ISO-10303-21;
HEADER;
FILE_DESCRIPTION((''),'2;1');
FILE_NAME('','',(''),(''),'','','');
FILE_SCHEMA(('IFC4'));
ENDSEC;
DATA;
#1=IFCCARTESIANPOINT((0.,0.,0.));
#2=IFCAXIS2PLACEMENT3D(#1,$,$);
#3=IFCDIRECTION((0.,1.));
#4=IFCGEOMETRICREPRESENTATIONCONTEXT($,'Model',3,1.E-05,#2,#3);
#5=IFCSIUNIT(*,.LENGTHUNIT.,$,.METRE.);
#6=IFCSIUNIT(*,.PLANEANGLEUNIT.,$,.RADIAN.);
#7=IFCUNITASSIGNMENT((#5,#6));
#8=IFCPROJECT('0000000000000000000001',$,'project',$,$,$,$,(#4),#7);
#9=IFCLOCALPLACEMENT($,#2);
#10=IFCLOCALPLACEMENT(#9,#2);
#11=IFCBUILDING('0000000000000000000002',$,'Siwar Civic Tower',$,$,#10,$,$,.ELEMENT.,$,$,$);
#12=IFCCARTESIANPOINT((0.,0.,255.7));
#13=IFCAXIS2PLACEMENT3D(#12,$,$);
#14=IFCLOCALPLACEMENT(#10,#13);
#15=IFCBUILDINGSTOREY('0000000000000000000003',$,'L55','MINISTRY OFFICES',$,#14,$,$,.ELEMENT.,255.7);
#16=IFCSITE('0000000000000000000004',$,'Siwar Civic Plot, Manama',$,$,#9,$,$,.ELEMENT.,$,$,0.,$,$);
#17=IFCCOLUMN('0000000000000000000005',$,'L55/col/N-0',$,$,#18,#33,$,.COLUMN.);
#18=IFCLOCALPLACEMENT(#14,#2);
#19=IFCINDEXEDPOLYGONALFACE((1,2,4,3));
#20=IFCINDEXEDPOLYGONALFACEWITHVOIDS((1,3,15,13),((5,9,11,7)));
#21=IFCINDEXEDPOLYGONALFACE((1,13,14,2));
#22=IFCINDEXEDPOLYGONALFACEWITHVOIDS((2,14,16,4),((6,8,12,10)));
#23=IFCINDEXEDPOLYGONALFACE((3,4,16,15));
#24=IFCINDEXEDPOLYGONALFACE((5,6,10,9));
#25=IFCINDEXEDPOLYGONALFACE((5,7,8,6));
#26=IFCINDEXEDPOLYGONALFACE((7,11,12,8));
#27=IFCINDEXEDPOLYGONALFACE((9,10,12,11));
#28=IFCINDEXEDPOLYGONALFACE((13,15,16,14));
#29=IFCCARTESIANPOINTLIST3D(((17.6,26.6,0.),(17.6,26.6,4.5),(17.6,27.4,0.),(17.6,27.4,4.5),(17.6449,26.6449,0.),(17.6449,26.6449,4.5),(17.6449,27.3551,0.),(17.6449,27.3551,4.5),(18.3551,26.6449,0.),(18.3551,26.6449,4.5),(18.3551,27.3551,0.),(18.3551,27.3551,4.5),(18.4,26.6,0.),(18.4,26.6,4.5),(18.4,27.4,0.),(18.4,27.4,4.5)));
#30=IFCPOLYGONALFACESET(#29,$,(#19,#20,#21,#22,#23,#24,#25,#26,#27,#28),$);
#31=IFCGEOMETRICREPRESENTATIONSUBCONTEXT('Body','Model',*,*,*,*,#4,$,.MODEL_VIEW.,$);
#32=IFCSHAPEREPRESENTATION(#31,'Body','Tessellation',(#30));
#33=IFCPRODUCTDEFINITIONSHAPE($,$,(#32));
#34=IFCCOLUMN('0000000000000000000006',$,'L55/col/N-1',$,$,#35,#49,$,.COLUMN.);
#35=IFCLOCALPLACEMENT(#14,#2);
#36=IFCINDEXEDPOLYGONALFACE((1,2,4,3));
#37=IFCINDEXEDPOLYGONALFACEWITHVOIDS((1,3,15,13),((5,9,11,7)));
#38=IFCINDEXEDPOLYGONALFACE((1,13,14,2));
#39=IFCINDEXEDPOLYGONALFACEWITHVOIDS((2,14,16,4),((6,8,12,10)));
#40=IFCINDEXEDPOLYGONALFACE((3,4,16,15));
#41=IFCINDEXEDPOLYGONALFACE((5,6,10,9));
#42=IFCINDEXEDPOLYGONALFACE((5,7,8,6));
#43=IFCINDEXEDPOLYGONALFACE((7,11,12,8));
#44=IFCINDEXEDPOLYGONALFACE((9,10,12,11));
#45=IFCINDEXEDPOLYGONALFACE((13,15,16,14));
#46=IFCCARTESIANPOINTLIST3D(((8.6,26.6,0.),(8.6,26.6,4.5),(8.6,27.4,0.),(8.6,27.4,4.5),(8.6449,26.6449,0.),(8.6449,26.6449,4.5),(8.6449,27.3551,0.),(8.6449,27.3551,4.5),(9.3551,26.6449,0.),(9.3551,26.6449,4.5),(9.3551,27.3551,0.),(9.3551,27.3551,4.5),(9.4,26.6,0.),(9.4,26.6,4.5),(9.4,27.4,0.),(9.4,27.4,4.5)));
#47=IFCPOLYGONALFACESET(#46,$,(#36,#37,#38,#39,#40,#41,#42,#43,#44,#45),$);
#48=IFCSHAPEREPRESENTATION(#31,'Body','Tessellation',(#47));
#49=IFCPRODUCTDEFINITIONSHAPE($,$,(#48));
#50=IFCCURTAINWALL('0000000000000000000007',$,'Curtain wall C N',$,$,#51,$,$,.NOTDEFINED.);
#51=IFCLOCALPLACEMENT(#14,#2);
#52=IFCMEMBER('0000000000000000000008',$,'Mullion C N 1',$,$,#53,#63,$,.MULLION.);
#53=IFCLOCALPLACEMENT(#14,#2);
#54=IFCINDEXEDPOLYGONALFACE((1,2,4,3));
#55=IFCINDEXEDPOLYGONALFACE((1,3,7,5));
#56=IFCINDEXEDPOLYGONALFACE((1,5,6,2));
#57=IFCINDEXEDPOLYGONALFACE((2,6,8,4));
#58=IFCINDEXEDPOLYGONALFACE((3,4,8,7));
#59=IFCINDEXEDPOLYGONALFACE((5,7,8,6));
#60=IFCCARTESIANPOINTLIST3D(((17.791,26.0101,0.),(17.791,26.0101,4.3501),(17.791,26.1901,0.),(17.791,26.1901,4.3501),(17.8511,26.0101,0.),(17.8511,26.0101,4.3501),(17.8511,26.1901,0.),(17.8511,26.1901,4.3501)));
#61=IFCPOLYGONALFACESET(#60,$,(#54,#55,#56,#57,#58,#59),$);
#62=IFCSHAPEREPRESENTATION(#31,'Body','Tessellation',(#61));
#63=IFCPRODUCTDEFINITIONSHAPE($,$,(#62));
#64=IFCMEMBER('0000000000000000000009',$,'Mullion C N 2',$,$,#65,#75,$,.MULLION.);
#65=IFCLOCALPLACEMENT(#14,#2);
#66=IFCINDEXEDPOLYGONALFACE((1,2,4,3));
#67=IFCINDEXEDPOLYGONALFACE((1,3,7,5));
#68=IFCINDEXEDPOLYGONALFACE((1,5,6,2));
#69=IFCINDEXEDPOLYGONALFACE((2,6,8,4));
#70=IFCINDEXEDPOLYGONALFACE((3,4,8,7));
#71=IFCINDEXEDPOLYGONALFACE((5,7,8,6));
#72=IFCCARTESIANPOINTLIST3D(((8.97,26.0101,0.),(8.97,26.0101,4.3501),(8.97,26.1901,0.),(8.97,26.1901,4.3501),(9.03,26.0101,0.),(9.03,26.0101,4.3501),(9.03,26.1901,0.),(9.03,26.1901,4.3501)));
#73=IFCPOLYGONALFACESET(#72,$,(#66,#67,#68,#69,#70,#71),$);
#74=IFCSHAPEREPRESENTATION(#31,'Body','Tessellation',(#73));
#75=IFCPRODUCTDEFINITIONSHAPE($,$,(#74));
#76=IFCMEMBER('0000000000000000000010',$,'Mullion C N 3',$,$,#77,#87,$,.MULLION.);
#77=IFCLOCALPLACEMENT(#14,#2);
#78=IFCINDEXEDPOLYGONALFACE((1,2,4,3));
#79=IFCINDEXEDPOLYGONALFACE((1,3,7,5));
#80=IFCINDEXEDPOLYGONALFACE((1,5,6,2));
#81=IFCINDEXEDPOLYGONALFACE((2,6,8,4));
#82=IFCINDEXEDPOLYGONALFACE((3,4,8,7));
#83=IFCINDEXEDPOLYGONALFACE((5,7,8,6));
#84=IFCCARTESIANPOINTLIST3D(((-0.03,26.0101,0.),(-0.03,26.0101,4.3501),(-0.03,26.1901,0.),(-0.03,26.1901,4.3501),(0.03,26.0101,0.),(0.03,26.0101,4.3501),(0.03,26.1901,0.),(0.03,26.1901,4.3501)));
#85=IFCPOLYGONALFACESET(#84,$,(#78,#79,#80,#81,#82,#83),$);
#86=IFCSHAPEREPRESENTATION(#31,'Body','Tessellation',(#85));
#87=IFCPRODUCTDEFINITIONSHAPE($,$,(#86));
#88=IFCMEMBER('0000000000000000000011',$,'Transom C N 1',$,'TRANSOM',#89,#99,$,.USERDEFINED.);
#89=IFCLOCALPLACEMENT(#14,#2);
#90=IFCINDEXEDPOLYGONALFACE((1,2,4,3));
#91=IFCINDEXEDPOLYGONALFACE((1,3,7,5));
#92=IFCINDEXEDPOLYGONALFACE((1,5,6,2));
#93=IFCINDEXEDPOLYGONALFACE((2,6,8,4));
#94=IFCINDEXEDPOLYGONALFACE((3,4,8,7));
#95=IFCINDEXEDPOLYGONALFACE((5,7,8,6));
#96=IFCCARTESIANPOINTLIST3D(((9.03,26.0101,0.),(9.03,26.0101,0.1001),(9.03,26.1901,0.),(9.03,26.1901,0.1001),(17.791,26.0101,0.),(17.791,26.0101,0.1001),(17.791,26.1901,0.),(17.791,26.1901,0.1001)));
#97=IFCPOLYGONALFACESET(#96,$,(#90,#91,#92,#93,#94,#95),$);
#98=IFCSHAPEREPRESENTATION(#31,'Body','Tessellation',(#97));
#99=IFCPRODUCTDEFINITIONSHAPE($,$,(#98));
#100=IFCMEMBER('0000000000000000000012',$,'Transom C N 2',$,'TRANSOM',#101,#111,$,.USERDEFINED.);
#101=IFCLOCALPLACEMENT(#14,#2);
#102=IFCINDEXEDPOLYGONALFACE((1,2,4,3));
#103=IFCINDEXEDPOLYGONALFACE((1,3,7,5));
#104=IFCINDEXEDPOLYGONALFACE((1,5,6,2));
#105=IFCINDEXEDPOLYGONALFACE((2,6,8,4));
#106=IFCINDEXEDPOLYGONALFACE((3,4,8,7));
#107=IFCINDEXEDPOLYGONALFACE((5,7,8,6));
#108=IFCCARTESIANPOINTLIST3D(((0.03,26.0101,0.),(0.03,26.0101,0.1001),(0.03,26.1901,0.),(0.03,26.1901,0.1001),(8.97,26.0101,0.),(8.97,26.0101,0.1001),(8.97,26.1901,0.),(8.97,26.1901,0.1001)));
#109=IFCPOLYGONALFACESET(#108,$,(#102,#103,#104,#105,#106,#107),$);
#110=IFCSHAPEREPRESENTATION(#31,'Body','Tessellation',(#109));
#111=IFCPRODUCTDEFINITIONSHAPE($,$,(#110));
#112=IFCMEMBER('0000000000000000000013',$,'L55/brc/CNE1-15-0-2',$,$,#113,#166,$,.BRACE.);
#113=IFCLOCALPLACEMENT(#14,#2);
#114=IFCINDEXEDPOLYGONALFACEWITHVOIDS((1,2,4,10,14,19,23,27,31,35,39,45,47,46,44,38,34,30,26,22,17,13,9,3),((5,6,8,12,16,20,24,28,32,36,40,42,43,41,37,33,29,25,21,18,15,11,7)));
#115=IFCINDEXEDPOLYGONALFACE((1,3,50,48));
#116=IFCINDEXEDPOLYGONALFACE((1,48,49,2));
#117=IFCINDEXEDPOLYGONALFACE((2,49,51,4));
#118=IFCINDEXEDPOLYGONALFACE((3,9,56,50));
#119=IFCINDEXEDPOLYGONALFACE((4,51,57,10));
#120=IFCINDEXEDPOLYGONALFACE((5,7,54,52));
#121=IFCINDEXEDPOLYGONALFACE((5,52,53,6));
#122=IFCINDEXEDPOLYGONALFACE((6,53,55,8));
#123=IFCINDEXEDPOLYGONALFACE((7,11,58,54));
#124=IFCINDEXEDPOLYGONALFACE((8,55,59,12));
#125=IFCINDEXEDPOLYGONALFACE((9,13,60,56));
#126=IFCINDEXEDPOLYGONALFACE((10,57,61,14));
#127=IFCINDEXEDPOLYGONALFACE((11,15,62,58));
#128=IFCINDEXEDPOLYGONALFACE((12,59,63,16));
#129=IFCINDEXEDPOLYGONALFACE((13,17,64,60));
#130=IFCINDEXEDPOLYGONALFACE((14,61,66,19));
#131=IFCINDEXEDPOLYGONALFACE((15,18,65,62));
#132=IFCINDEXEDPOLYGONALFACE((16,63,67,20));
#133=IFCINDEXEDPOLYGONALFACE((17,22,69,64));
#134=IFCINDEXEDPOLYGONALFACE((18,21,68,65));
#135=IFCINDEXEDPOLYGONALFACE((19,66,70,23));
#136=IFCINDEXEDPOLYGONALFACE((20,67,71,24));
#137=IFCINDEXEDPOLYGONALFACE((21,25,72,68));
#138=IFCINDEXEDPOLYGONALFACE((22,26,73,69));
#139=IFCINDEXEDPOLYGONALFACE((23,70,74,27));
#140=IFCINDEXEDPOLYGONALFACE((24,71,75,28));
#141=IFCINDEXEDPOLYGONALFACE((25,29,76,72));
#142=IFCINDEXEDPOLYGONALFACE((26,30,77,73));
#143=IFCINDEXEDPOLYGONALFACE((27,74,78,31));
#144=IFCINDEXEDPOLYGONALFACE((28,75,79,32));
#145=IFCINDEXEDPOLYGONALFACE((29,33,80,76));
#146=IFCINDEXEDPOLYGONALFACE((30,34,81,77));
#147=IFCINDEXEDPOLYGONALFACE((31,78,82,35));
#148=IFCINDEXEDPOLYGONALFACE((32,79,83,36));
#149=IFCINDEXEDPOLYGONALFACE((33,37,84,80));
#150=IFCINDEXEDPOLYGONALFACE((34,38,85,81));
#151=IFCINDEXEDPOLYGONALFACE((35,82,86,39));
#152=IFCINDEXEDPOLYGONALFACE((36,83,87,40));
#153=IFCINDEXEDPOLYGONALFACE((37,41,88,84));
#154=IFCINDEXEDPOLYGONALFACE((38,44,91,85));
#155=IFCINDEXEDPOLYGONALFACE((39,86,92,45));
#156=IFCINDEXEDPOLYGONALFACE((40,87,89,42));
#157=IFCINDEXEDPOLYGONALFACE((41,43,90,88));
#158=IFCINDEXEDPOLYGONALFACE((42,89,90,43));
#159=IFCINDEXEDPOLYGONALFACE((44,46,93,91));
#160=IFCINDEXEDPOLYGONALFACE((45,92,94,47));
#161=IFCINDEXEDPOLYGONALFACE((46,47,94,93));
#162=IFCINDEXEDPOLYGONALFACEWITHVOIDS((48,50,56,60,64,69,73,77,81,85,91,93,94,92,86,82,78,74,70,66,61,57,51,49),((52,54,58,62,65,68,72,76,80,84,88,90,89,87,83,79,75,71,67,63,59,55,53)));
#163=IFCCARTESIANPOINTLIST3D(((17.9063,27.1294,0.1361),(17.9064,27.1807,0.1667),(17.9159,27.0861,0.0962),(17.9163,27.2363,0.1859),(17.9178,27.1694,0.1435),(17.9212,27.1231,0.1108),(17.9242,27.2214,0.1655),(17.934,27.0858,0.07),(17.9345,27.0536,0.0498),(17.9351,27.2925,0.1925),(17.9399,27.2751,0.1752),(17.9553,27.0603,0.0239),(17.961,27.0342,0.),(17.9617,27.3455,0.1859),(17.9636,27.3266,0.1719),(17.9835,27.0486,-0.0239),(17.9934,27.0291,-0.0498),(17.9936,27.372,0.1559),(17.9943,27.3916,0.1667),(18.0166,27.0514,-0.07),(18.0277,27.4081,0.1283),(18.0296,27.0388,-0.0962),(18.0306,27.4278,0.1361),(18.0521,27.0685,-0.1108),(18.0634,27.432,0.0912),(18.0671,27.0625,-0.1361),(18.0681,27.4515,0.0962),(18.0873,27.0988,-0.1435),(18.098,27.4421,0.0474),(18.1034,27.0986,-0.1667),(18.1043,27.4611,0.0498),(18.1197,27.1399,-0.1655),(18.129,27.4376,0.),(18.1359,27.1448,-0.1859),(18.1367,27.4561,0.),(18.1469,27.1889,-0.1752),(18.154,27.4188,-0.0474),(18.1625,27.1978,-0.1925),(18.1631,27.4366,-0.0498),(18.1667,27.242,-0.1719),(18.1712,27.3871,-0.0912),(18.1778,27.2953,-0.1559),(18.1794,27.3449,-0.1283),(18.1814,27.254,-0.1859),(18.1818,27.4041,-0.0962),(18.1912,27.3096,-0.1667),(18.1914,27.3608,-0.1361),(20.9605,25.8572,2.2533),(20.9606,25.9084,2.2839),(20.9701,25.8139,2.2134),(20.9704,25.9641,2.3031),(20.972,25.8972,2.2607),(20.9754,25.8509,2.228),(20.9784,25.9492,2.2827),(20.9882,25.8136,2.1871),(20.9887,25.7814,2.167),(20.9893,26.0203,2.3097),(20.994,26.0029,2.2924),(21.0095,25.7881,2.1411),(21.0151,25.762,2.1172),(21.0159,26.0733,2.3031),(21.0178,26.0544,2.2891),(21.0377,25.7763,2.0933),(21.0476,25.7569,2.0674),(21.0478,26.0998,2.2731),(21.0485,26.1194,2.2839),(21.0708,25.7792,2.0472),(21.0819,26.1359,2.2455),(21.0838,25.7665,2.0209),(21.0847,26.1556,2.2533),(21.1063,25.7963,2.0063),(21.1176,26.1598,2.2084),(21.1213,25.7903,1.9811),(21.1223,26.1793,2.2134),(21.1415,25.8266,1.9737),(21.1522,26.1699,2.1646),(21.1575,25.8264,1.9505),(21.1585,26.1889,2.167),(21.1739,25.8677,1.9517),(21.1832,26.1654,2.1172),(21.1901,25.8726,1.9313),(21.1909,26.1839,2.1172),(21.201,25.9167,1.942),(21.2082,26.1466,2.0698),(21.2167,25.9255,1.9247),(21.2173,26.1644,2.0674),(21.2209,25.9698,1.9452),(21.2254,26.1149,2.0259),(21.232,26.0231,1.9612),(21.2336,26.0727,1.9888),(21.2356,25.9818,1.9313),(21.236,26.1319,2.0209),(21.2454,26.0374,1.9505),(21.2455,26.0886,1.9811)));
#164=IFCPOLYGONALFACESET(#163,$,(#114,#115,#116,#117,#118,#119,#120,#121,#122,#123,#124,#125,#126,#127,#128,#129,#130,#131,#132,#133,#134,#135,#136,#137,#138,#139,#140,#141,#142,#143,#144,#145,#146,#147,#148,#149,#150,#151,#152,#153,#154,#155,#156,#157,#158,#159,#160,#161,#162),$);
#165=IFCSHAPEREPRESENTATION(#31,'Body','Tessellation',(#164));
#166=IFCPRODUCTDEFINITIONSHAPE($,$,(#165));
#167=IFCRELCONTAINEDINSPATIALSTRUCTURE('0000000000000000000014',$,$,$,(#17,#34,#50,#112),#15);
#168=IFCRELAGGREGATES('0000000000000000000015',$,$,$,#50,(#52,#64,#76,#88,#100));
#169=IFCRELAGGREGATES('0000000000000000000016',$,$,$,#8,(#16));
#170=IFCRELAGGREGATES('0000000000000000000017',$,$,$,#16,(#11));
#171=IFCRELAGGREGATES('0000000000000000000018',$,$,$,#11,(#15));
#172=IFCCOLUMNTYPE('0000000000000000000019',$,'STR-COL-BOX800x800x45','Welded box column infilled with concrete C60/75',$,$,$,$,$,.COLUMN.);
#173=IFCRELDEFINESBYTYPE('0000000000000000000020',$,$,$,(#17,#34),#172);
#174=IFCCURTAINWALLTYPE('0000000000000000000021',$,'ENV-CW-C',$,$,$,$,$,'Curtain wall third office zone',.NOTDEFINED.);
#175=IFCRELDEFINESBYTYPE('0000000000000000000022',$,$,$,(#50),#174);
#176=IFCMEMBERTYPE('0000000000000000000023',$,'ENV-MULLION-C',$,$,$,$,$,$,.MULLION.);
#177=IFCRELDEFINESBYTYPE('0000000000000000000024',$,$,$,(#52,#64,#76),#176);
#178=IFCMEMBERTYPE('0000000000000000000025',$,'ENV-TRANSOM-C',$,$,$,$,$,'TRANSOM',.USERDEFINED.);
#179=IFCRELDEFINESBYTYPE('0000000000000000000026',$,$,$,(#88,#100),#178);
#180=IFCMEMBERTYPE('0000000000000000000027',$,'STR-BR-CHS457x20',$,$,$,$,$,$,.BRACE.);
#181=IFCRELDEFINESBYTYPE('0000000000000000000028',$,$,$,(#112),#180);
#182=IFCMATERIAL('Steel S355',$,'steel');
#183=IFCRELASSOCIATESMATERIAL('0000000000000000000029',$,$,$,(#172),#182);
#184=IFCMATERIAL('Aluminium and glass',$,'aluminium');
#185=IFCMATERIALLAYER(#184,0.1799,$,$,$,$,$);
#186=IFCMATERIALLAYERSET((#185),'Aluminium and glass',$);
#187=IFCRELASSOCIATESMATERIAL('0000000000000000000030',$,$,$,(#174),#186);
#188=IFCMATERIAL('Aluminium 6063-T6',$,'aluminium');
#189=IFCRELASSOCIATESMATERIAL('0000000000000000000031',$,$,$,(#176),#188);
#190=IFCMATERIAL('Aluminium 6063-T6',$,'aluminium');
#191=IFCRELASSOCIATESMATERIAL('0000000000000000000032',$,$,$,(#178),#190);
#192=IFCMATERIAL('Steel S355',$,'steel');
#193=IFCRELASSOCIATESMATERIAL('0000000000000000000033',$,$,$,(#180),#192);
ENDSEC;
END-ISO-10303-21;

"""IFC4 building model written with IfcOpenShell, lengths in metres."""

from ifc_helpers import new_model, si_unit, direction, frame, origin, origin_2d, place, context, subcontext, project, spatial, rectangle, hollow_rectangle, hollow_circle, extrude, material, layer, layer_set, material_profile, profile_set, type_object, element, aggregate, save


model = new_model("IFC4")

# Units and contexts
model_context = context("Model", 3, precision=1e-05, world=origin(), true_north=direction((0.0, 1.0)))
body_context = subcontext(model_context, "Body", "Model", "MODEL_VIEW")
ifc_project = project(units=[si_unit("LENGTHUNIT", "METRE"), si_unit("PLANEANGLEUNIT", "RADIAN")], contexts=[model_context])

# Site, building, storey
site_placement = place(None, origin())
site = spatial("IfcSite", under=ifc_project, at=site_placement, Name="Siwar Civic Plot, Manama", CompositionType="ELEMENT", RefElevation=0.0)
building_placement = place(site_placement, origin())
building = spatial("IfcBuilding", under=site, at=building_placement, Name="Siwar Civic Tower", CompositionType="ELEMENT")
storey_placement = place(building_placement, frame((0.0, 0.0, 255.7)))
storey = spatial("IfcBuildingStorey", under=building, at=storey_placement, Name="L55", Description="MINISTRY OFFICES", CompositionType="ELEMENT", Elevation=255.7)

# Columns
ifc_material_1 = material(Name="Steel S355", Category="steel")
ifc_material_profile_1 = material_profile(ifc_material_1, hollow_rectangle(XDim=0.8, YDim=0.8, WallThickness=0.0449, at=origin_2d()), Name="BOX800x800x45")
ifc_profile_set_1 = profile_set([ifc_material_profile_1], Name="Steel S355")
column_type = type_object("IfcColumnType", Name="STR-COL-BOX800x800x45", Description="Welded box column infilled with concrete C60/75", PredefinedType="COLUMN", material=ifc_profile_set_1)
for number, where, z_axis, x_axis, name in (
    (1, (18.0, 27.0, 0.0), (0.0, 0.0, 1.0), (1.0, 0.0, 0.0), "L55/col/N-0"),
    (2, (9.0, 27.0, 0.0), (0.0, 0.0, 1.0), (1.0, 0.0, 0.0), "L55/col/N-1"),
):
    element("IfcColumn", number, at=place(storey_placement, frame(where, z_axis=z_axis, x_axis=x_axis)), inside=storey, type_object=column_type, Name=name, PredefinedType="COLUMN", context=body_context, shape_type="SweptSolid", body=[
        extrude(hollow_rectangle(XDim=0.8, YDim=0.8, WallThickness=0.0449, at=origin_2d()), origin(), (0.0, 0.0, 1.0), 4.5),
    ])

# Curtain wall, members
ifc_material_2 = material(Name="Aluminium and glass", Category="aluminium")
ifc_layer_1 = layer(ifc_material_2, 0.1799)
ifc_layer_set_1 = layer_set([ifc_layer_1], Name="Aluminium and glass")
curtain_wall_type = type_object("IfcCurtainWallType", Name="ENV-CW-C", ElementType="Curtain wall third office zone", PredefinedType="NOTDEFINED", material=ifc_layer_set_1)
curtain_wall_placement = place(storey_placement, origin())
curtain_wall = element("IfcCurtainWall", 3, at=curtain_wall_placement, inside=storey, type_object=curtain_wall_type, Name="Curtain wall C N", PredefinedType="NOTDEFINED")
ifc_material_3 = material(Name="Aluminium 6063-T6", Category="aluminium")
ifc_material_profile_2 = material_profile(ifc_material_3, rectangle(XDim=0.1799, YDim=0.0601, at=origin_2d()), Name="AL 180x60")
ifc_profile_set_2 = profile_set([ifc_material_profile_2], Name="Aluminium 6063-T6")
member_type_1 = type_object("IfcMemberType", Name="ENV-MULLION-C", PredefinedType="MULLION", material=ifc_profile_set_2)
member_1_placement = place(storey_placement, frame((17.821, 26.1001, 0.0), z_axis=(0.0, 0.0, 1.0), x_axis=(0.0, -1.0, 0.0)))
member_1 = element("IfcMember", 4, at=member_1_placement, type_object=member_type_1, Name="Mullion C N 1", PredefinedType="MULLION", context=body_context, shape_type="SweptSolid", body=[
    extrude(rectangle(XDim=0.1799, YDim=0.0601, at=origin_2d()), origin(), (0.0, 0.0, 1.0), 4.3501),
])
member_2_placement = place(storey_placement, frame((9.0, 26.1001, 0.0), z_axis=(0.0, 0.0, 1.0), x_axis=(0.0, -1.0, 0.0)))
member_2 = element("IfcMember", 5, at=member_2_placement, type_object=member_type_1, Name="Mullion C N 2", PredefinedType="MULLION", context=body_context, shape_type="SweptSolid", body=[
    extrude(rectangle(XDim=0.1799, YDim=0.0601, at=origin_2d()), origin(), (0.0, 0.0, 1.0), 4.3501),
])
member_3_placement = place(storey_placement, frame((0.0, 26.1001, 0.0), z_axis=(0.0, 0.0, 1.0), x_axis=(0.0, -1.0, 0.0)))
member_3 = element("IfcMember", 6, at=member_3_placement, type_object=member_type_1, Name="Mullion C N 3", PredefinedType="MULLION", context=body_context, shape_type="SweptSolid", body=[
    extrude(rectangle(XDim=0.1799, YDim=0.0601, at=origin_2d()), origin(), (0.0, 0.0, 1.0), 4.3501),
])
ifc_material_4 = material(Name="Aluminium 6063-T6", Category="aluminium")
ifc_material_profile_3 = material_profile(ifc_material_4, rectangle(XDim=0.1799, YDim=0.1001, at=origin_2d()), Name="AL 180x100")
ifc_profile_set_3 = profile_set([ifc_material_profile_3], Name="Aluminium 6063-T6")
member_type_2 = type_object("IfcMemberType", Name="ENV-TRANSOM-C", ElementType="TRANSOM", PredefinedType="USERDEFINED", material=ifc_profile_set_3)
member_4_placement = place(storey_placement, frame((17.791, 26.1001, 0.05), z_axis=(-1.0, 0.0, 0.0), x_axis=(0.0, -1.0, 0.0)))
member_4 = element("IfcMember", 7, at=member_4_placement, type_object=member_type_2, Name="Transom C N 1", ObjectType="TRANSOM", PredefinedType="USERDEFINED", context=body_context, shape_type="SweptSolid", body=[
    extrude(rectangle(XDim=0.1799, YDim=0.1001, at=origin_2d()), origin(), (0.0, 0.0, 1.0), 8.761),
])
member_5_placement = place(storey_placement, frame((8.97, 26.1001, 0.05), z_axis=(-1.0, 0.0, 0.0), x_axis=(0.0, -1.0, 0.0)))
member_5 = element("IfcMember", 8, at=member_5_placement, type_object=member_type_2, Name="Transom C N 2", ObjectType="TRANSOM", PredefinedType="USERDEFINED", context=body_context, shape_type="SweptSolid", body=[
    extrude(rectangle(XDim=0.1799, YDim=0.1001, at=origin_2d()), origin(), (0.0, 0.0, 1.0), 8.9399),
])

# Member
ifc_material_5 = material(Name="Steel S355", Category="steel")
ifc_material_profile_4 = material_profile(ifc_material_5, hollow_circle(Radius=0.2285, WallThickness=0.02, at=origin_2d()), Name="CHS457x20")
ifc_profile_set_4 = profile_set([ifc_material_profile_4], Name="Steel S355")
member_type_3 = type_object("IfcMemberType", Name="STR-BR-CHS457x20", PredefinedType="BRACE", material=ifc_profile_set_4)
member_6_placement = place(storey_placement, frame((18.0488, 27.2451, 0.0), z_axis=(0.777546, -0.323884, 0.538999), x_axis=(0.384521, 0.923116, 0.0)))
element("IfcMember", 9, at=member_6_placement, inside=storey, type_object=member_type_3, Name="L55/brc/CNE1-15-0-2", PredefinedType="BRACE", context=body_context, shape_type="SweptSolid", body=[
    extrude(hollow_circle(Radius=0.2285, WallThickness=0.02, at=origin_2d()), origin(), (0.0, 0.0, 1.0), 3.928),
])

aggregate(curtain_wall, [member_1, member_2, member_3, member_4, member_5])

save(model, "model.ifc")
